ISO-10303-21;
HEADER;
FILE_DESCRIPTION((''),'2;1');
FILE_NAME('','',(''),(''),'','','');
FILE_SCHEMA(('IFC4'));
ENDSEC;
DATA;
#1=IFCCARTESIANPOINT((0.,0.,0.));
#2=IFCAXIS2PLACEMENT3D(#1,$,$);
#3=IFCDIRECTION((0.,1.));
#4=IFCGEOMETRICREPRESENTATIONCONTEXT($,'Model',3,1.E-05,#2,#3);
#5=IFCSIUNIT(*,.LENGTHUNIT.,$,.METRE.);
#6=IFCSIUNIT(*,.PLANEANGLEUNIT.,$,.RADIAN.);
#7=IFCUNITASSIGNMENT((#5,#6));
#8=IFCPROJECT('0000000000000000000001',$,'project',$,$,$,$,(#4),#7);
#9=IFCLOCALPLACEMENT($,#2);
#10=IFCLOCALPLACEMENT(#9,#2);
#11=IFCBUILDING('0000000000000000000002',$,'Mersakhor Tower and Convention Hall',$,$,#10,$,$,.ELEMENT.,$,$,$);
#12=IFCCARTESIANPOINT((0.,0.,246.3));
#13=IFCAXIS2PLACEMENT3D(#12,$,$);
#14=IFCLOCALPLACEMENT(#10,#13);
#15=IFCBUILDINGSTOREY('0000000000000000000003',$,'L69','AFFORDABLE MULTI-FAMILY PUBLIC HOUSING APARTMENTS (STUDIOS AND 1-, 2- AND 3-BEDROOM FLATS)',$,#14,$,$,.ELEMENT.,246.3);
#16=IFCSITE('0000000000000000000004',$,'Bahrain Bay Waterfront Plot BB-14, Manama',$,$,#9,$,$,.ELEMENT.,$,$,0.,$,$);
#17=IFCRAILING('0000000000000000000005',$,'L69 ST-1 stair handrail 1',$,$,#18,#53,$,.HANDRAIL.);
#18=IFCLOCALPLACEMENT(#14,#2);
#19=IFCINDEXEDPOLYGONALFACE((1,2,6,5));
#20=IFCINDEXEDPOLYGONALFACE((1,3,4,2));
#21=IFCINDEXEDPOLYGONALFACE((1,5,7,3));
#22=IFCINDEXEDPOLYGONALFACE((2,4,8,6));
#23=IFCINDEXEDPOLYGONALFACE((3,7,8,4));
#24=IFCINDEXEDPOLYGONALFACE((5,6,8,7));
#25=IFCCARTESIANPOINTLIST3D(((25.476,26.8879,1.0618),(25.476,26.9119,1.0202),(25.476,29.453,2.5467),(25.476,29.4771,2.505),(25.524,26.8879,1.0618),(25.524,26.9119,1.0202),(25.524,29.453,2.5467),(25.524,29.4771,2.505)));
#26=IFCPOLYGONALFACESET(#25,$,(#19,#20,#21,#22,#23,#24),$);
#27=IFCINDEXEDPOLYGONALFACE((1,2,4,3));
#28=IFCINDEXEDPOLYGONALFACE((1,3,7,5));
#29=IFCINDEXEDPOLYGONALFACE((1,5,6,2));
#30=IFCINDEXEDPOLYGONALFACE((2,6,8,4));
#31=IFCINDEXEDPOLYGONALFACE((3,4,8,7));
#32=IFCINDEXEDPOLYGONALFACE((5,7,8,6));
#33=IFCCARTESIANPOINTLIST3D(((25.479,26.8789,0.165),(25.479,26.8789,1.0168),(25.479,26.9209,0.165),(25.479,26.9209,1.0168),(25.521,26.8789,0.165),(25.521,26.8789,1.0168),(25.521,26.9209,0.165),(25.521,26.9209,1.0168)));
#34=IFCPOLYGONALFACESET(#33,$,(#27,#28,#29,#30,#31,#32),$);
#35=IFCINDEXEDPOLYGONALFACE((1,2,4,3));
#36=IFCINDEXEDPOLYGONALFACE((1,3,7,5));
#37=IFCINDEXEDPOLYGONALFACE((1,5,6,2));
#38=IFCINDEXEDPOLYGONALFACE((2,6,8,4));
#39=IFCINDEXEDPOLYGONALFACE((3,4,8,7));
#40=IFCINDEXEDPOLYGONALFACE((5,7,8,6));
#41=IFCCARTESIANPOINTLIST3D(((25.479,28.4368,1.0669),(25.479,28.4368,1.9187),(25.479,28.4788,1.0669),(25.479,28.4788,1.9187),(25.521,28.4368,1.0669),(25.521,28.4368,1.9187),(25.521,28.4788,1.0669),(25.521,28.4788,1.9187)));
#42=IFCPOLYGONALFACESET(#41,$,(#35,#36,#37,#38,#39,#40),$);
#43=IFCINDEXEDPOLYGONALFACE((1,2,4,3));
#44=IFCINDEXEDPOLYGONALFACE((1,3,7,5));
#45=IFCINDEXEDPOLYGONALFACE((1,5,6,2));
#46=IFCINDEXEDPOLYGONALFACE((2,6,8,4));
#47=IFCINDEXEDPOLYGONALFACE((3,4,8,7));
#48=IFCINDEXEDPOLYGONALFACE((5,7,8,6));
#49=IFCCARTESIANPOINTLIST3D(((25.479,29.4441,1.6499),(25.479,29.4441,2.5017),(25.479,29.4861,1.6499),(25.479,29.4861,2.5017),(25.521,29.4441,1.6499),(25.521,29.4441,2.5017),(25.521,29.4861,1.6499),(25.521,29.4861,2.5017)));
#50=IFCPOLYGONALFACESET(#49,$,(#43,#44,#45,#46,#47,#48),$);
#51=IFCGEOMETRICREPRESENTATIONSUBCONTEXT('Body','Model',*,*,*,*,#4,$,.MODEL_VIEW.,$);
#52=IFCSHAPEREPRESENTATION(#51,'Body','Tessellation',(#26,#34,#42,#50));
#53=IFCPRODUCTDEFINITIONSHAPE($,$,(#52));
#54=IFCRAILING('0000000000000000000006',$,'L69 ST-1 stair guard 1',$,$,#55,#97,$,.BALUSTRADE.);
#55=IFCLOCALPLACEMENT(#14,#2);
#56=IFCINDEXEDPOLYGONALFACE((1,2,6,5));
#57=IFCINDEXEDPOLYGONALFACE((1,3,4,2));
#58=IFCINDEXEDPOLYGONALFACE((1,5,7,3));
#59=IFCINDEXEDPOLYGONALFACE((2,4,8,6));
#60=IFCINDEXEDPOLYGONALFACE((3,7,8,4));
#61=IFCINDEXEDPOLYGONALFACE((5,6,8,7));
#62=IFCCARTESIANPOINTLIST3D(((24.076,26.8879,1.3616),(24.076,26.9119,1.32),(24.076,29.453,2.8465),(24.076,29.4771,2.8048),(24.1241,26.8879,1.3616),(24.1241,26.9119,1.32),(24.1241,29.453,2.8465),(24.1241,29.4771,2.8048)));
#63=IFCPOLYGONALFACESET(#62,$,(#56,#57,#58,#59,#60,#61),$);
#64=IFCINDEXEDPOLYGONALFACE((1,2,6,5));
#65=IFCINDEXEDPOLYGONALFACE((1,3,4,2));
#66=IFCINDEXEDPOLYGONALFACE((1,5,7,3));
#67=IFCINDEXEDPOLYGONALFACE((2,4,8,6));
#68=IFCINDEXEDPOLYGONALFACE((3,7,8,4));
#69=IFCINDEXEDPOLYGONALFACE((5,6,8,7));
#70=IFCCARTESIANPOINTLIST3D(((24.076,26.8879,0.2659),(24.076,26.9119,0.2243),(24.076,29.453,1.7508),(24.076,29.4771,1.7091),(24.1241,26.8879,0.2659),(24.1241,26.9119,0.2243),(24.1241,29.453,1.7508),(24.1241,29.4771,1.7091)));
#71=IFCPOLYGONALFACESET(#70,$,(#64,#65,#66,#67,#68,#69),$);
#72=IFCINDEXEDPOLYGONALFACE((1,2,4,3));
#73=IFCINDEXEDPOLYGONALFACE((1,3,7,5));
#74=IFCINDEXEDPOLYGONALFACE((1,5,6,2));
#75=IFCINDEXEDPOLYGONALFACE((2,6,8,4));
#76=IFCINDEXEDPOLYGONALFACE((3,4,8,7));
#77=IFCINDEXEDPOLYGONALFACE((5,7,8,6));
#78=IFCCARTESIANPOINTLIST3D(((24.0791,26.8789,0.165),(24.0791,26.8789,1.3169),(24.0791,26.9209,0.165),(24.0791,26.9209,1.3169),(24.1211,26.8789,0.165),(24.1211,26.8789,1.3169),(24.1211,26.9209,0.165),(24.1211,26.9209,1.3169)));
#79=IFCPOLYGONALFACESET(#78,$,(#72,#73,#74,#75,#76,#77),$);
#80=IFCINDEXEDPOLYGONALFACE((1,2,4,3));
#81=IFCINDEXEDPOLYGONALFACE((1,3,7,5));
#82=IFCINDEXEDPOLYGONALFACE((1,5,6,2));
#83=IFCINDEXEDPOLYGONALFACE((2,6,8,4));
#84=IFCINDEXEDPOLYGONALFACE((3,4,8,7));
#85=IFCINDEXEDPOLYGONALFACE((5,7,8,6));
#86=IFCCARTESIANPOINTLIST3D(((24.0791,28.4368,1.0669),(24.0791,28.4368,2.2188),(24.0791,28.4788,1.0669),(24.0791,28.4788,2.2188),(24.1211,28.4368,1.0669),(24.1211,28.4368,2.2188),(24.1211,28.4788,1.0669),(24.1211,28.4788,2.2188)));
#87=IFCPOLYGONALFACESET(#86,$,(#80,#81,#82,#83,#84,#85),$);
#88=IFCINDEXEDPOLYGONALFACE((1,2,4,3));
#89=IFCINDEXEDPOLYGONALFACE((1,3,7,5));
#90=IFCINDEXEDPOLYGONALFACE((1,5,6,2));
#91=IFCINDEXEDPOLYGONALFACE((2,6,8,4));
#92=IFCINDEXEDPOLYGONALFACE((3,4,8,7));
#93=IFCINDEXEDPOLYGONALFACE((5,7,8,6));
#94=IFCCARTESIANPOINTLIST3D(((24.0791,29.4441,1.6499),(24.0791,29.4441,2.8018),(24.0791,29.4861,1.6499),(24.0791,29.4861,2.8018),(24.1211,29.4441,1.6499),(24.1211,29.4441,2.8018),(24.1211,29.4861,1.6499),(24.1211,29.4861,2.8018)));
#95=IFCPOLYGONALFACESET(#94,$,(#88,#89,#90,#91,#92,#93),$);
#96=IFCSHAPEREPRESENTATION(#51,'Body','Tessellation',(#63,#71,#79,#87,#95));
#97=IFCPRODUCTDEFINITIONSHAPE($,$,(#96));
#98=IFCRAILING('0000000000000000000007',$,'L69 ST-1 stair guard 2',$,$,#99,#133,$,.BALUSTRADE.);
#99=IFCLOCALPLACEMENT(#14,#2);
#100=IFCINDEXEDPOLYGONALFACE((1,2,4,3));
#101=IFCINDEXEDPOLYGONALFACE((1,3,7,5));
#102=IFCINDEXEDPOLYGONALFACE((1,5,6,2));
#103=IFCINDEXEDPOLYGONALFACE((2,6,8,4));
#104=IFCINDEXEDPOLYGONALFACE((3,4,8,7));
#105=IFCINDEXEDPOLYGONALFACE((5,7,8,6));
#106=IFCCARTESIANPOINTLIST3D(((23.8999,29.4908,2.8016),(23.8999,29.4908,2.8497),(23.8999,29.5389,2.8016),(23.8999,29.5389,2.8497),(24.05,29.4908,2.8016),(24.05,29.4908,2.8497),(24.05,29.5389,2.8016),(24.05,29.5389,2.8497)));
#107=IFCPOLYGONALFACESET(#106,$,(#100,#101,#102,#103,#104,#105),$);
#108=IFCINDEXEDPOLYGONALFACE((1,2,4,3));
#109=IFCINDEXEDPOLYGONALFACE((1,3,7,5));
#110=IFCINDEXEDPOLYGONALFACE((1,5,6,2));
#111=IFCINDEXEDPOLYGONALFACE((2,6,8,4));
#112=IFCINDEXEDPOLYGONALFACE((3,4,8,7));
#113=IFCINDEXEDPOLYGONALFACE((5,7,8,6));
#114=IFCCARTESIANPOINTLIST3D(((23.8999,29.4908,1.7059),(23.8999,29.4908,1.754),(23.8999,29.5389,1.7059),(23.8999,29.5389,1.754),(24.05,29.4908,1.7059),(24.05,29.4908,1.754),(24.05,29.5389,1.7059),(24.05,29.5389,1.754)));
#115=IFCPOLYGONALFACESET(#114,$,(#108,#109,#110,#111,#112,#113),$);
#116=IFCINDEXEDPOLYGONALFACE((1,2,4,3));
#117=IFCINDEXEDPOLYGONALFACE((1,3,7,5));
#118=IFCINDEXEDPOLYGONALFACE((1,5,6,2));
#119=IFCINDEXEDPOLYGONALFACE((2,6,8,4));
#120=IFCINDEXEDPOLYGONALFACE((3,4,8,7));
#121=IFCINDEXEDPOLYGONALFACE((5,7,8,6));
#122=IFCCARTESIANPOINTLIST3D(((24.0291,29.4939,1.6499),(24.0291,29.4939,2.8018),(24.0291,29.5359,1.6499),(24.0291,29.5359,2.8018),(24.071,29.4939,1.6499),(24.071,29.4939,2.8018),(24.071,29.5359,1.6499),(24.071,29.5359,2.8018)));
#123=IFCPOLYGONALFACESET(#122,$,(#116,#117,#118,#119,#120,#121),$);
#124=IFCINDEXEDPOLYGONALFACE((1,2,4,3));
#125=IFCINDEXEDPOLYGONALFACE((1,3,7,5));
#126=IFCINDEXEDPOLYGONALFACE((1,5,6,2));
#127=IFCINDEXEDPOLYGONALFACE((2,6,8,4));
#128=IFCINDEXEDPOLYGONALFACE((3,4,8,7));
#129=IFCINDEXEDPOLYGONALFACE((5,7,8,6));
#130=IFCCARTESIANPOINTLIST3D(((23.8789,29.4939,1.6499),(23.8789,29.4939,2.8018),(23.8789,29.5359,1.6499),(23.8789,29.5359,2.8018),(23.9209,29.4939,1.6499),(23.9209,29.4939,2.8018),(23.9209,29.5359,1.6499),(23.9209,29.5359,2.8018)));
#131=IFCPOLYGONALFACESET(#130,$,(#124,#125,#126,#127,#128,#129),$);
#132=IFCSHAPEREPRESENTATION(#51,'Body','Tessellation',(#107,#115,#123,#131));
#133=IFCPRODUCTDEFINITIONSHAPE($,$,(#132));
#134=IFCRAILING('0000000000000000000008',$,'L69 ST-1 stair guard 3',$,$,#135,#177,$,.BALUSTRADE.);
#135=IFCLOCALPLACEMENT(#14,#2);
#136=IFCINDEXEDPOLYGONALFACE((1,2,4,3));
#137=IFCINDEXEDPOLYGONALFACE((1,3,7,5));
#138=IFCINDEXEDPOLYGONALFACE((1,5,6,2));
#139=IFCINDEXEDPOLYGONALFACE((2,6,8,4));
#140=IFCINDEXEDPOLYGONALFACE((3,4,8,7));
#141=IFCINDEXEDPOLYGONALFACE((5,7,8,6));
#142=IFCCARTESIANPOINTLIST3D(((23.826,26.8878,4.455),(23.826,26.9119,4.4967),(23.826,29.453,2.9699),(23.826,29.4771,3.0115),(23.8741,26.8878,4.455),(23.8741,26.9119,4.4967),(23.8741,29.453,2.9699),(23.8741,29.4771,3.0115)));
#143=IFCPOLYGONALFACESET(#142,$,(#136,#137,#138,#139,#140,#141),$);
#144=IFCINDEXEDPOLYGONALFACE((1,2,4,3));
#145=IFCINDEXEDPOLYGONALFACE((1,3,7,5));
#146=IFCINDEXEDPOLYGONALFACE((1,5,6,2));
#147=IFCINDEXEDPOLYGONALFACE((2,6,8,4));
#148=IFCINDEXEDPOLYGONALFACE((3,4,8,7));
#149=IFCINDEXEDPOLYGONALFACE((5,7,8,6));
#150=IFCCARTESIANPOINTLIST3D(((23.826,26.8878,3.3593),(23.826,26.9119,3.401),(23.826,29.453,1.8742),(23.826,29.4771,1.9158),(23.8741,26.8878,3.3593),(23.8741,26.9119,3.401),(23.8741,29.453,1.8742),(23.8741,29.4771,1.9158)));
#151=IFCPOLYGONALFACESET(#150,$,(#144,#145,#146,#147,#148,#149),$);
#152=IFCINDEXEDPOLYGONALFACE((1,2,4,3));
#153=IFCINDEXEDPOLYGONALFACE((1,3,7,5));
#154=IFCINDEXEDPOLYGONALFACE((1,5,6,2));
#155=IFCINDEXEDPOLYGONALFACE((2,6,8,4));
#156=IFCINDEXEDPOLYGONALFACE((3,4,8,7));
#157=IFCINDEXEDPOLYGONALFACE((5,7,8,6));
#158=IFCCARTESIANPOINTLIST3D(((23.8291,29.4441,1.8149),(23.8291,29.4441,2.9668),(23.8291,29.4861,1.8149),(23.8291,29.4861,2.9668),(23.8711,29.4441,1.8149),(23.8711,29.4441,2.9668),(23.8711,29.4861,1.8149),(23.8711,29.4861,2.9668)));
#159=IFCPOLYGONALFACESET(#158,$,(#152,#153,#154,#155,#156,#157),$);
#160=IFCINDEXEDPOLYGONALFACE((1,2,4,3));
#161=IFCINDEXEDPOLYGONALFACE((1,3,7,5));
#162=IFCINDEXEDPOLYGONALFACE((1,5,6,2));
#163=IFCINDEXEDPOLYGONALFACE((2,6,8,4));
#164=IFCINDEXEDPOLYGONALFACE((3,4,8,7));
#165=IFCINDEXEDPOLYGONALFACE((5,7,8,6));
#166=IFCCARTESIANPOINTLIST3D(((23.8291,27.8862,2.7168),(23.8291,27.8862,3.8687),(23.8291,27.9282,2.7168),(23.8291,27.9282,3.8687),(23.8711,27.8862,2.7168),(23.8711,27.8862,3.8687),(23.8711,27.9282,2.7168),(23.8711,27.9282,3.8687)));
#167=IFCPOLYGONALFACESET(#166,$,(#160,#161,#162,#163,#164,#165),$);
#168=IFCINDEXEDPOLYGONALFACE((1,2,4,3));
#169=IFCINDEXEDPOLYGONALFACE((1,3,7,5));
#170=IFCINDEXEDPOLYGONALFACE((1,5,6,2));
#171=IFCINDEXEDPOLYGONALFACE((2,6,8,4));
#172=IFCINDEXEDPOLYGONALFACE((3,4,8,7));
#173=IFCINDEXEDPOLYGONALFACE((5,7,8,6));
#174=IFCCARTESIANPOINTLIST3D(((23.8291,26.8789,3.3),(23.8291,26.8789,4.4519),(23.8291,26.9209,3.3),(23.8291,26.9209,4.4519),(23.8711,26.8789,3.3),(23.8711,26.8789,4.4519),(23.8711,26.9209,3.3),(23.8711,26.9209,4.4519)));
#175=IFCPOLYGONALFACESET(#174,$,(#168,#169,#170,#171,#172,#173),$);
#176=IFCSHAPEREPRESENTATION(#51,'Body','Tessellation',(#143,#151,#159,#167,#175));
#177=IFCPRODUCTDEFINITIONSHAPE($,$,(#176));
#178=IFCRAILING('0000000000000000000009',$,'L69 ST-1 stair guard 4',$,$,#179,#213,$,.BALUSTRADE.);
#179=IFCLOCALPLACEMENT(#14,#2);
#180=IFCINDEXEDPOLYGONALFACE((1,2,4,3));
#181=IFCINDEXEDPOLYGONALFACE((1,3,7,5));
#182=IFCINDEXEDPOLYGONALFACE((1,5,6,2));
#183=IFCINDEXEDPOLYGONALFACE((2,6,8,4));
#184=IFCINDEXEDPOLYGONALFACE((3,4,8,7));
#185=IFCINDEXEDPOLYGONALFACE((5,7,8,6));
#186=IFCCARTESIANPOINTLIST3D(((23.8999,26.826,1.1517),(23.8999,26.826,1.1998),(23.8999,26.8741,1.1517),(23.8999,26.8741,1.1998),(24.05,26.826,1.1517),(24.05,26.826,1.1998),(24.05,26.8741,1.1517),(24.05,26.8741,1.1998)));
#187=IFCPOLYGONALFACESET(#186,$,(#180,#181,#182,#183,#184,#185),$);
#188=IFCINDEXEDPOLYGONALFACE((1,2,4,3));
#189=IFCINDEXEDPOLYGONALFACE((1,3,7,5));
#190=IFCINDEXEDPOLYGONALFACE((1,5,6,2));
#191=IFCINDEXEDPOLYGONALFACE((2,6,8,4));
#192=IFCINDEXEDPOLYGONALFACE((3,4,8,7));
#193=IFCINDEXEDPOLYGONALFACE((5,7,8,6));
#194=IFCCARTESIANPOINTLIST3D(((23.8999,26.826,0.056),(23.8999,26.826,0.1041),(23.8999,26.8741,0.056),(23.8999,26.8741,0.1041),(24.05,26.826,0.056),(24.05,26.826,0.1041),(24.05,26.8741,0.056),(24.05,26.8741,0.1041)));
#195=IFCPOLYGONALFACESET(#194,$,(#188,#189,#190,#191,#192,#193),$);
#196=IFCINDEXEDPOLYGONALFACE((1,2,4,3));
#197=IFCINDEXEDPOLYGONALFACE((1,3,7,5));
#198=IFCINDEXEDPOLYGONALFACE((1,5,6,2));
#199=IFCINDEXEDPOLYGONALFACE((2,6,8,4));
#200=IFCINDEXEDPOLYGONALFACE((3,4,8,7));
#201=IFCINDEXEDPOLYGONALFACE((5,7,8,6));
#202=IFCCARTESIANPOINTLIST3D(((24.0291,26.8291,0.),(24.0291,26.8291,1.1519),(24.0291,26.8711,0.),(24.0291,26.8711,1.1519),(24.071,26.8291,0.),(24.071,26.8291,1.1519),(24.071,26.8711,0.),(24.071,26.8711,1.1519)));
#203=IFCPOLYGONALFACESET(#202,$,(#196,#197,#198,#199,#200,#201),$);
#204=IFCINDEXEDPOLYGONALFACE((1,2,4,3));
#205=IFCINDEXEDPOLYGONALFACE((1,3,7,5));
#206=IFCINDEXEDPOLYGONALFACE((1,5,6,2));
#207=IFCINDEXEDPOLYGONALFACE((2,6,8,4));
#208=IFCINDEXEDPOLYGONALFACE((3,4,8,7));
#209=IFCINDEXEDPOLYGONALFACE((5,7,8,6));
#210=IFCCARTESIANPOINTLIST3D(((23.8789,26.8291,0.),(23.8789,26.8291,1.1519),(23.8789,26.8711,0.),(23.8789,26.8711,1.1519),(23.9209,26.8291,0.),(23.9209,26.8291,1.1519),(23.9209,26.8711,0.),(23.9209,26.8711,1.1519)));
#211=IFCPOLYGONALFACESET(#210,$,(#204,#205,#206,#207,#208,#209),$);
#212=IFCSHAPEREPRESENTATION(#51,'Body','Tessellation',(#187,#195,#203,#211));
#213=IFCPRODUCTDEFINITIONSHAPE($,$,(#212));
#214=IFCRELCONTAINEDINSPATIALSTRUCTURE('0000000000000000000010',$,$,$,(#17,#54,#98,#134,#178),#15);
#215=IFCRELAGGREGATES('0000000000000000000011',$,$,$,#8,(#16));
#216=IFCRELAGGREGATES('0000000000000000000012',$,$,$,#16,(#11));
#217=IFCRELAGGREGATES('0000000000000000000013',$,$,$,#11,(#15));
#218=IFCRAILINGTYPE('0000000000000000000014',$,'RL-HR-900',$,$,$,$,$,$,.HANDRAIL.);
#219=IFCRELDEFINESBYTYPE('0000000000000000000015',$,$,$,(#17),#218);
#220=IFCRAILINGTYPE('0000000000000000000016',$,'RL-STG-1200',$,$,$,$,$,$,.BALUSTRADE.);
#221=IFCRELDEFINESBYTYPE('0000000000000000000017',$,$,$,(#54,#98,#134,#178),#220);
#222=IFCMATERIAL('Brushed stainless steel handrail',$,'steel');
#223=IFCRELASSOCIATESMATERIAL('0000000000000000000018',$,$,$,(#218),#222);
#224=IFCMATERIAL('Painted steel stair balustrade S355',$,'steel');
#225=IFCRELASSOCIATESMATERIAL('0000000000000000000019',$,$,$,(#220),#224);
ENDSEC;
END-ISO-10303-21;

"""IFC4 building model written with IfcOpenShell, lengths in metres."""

from ifc_helpers import new_model, si_unit, direction, frame, origin, origin_2d, place, context, subcontext, project, spatial, rectangle, extrude, material, type_object, element, save


model = new_model("IFC4")

# Units and contexts
model_context = context("Model", 3, precision=1e-05, world=origin(), true_north=direction((0.0, 1.0)))
body_context = subcontext(model_context, "Body", "Model", "MODEL_VIEW")
ifc_project = project(units=[si_unit("LENGTHUNIT", "METRE"), si_unit("PLANEANGLEUNIT", "RADIAN")], contexts=[model_context])

# Site, building, storey
site_placement = place(None, origin())
site = spatial("IfcSite", under=ifc_project, at=site_placement, Name="Bahrain Bay Waterfront Plot BB-14, Manama", CompositionType="ELEMENT", RefElevation=0.0)
building_placement = place(site_placement, origin())
building = spatial("IfcBuilding", under=site, at=building_placement, Name="Mersakhor Tower and Convention Hall", CompositionType="ELEMENT")
storey_placement = place(building_placement, frame((0.0, 0.0, 246.3)))
storey = spatial("IfcBuildingStorey", under=building, at=storey_placement, Name="L69", Description="AFFORDABLE MULTI-FAMILY PUBLIC HOUSING APARTMENTS (STUDIOS AND 1-, 2- AND 3-BEDROOM FLATS)", CompositionType="ELEMENT", Elevation=246.3)

# Railings
ifc_material_1 = material(Name="Brushed stainless steel handrail", Category="steel")
railing_type_1 = type_object("IfcRailingType", Name="RL-HR-900", PredefinedType="HANDRAIL", material=ifc_material_1)
railing_1_placement = place(storey_placement, frame((25.5, 26.8999, 0.165)))
element("IfcRailing", 1, at=railing_1_placement, inside=storey, type_object=railing_type_1, Name="L69 ST-1 stair handrail 1", PredefinedType="HANDRAIL", context=body_context, shape_type="SweptSolid", body=[
    extrude(rectangle(XDim=0.0481, YDim=0.0481, at=origin_2d()), frame((0.0, 0.0, 0.876), z_axis=(0.0, 0.865462, 0.500975), x_axis=(-1.0, 0.0, 0.0)), (0.0, 0.0, 1.0), 2.9639),
    extrude(rectangle(XDim=0.042, YDim=0.042, at=origin_2d()), origin(), (0.0, 0.0, 1.0), 0.8518),
    extrude(rectangle(XDim=0.042, YDim=0.042, at=origin_2d()), frame((0.0, 1.5579, 0.9019)), (0.0, 0.0, 1.0), 0.8518),
    extrude(rectangle(XDim=0.042, YDim=0.042, at=origin_2d()), frame((0.0, 2.5652, 1.4849)), (0.0, 0.0, 1.0), 0.8518),
])
ifc_material_2 = material(Name="Painted steel stair balustrade S355", Category="steel")
railing_type_2 = type_object("IfcRailingType", Name="RL-STG-1200", PredefinedType="BALUSTRADE", material=ifc_material_2)
railing_2_placement = place(storey_placement, frame((24.1001, 26.8999, 0.165)))
element("IfcRailing", 2, at=railing_2_placement, inside=storey, type_object=railing_type_2, Name="L69 ST-1 stair guard 1", PredefinedType="BALUSTRADE", context=body_context, shape_type="SweptSolid", body=[
    extrude(rectangle(XDim=0.0481, YDim=0.0481, at=origin_2d()), frame((0.0, 0.0, 1.1758), z_axis=(0.0, 0.865462, 0.500975), x_axis=(-1.0, 0.0, 0.0)), (0.0, 0.0, 1.0), 2.9639),
    extrude(rectangle(XDim=0.0481, YDim=0.0481, at=origin_2d()), frame((0.0, 0.0, 0.0801), z_axis=(0.0, 0.865462, 0.500975), x_axis=(-1.0, 0.0, 0.0)), (0.0, 0.0, 1.0), 2.9639),
    extrude(rectangle(XDim=0.042, YDim=0.042, at=origin_2d()), origin(), (0.0, 0.0, 1.0), 1.1519),
    extrude(rectangle(XDim=0.042, YDim=0.042, at=origin_2d()), frame((0.0, 1.5579, 0.9019)), (0.0, 0.0, 1.0), 1.1519),
    extrude(rectangle(XDim=0.042, YDim=0.042, at=origin_2d()), frame((0.0, 2.5652, 1.4849)), (0.0, 0.0, 1.0), 1.1519),
])
railing_3_placement = place(storey_placement, frame((24.05, 29.5149, 1.6499)))
element("IfcRailing", 3, at=railing_3_placement, inside=storey, type_object=railing_type_2, Name="L69 ST-1 stair guard 2", PredefinedType="BALUSTRADE", context=body_context, shape_type="SweptSolid", body=[
    extrude(rectangle(XDim=0.0481, YDim=0.0481, at=origin_2d()), frame((0.0, 0.0, 1.1758), z_axis=(-1.0, 0.0, 0.0), x_axis=(0.0, -1.0, 0.0)), (0.0, 0.0, 1.0), 0.1501),
    extrude(rectangle(XDim=0.0481, YDim=0.0481, at=origin_2d()), frame((0.0, 0.0, 0.0801), z_axis=(-1.0, 0.0, 0.0), x_axis=(0.0, -1.0, 0.0)), (0.0, 0.0, 1.0), 0.1501),
    extrude(rectangle(XDim=0.042, YDim=0.042, at=origin_2d()), origin(), (0.0, 0.0, 1.0), 1.1519),
    extrude(rectangle(XDim=0.042, YDim=0.042, at=origin_2d()), frame((-0.1501, 0.0, 0.0)), (0.0, 0.0, 1.0), 1.1519),
])
railing_4_placement = place(storey_placement, frame((23.8501, 29.4651, 1.8149)))
element("IfcRailing", 4, at=railing_4_placement, inside=storey, type_object=railing_type_2, Name="L69 ST-1 stair guard 3", PredefinedType="BALUSTRADE", context=body_context, shape_type="SweptSolid", body=[
    extrude(rectangle(XDim=0.0481, YDim=0.0481, at=origin_2d()), frame((0.0, 0.0, 1.1758), z_axis=(0.0, -0.865426, 0.501036), x_axis=(1.0, 0.0, 0.0)), (0.0, 0.0, 1.0), 2.9641),
    extrude(rectangle(XDim=0.0481, YDim=0.0481, at=origin_2d()), frame((0.0, 0.0, 0.0801), z_axis=(0.0, -0.865426, 0.501036), x_axis=(1.0, 0.0, 0.0)), (0.0, 0.0, 1.0), 2.9641),
    extrude(rectangle(XDim=0.042, YDim=0.042, at=origin_2d()), origin(), (0.0, 0.0, 1.0), 1.1519),
    extrude(rectangle(XDim=0.042, YDim=0.042, at=origin_2d()), frame((0.0, -1.5579, 0.9019)), (0.0, 0.0, 1.0), 1.1519),
    extrude(rectangle(XDim=0.042, YDim=0.042, at=origin_2d()), frame((0.0, -2.5652, 1.4851)), (0.0, 0.0, 1.0), 1.1519),
])
railing_5_placement = place(storey_placement, frame((24.05, 26.8501, 0.0)))
element("IfcRailing", 5, at=railing_5_placement, inside=storey, type_object=railing_type_2, Name="L69 ST-1 stair guard 4", PredefinedType="BALUSTRADE", context=body_context, shape_type="SweptSolid", body=[
    extrude(rectangle(XDim=0.0481, YDim=0.0481, at=origin_2d()), frame((0.0, 0.0, 1.1758), z_axis=(-1.0, 0.0, 0.0), x_axis=(0.0, -1.0, 0.0)), (0.0, 0.0, 1.0), 0.1501),
    extrude(rectangle(XDim=0.0481, YDim=0.0481, at=origin_2d()), frame((0.0, 0.0, 0.0801), z_axis=(-1.0, 0.0, 0.0), x_axis=(0.0, -1.0, 0.0)), (0.0, 0.0, 1.0), 0.1501),
    extrude(rectangle(XDim=0.042, YDim=0.042, at=origin_2d()), origin(), (0.0, 0.0, 1.0), 1.1519),
    extrude(rectangle(XDim=0.042, YDim=0.042, at=origin_2d()), frame((-0.1501, 0.0, 0.0)), (0.0, 0.0, 1.0), 1.1519),
])

save(model, "model.ifc")
